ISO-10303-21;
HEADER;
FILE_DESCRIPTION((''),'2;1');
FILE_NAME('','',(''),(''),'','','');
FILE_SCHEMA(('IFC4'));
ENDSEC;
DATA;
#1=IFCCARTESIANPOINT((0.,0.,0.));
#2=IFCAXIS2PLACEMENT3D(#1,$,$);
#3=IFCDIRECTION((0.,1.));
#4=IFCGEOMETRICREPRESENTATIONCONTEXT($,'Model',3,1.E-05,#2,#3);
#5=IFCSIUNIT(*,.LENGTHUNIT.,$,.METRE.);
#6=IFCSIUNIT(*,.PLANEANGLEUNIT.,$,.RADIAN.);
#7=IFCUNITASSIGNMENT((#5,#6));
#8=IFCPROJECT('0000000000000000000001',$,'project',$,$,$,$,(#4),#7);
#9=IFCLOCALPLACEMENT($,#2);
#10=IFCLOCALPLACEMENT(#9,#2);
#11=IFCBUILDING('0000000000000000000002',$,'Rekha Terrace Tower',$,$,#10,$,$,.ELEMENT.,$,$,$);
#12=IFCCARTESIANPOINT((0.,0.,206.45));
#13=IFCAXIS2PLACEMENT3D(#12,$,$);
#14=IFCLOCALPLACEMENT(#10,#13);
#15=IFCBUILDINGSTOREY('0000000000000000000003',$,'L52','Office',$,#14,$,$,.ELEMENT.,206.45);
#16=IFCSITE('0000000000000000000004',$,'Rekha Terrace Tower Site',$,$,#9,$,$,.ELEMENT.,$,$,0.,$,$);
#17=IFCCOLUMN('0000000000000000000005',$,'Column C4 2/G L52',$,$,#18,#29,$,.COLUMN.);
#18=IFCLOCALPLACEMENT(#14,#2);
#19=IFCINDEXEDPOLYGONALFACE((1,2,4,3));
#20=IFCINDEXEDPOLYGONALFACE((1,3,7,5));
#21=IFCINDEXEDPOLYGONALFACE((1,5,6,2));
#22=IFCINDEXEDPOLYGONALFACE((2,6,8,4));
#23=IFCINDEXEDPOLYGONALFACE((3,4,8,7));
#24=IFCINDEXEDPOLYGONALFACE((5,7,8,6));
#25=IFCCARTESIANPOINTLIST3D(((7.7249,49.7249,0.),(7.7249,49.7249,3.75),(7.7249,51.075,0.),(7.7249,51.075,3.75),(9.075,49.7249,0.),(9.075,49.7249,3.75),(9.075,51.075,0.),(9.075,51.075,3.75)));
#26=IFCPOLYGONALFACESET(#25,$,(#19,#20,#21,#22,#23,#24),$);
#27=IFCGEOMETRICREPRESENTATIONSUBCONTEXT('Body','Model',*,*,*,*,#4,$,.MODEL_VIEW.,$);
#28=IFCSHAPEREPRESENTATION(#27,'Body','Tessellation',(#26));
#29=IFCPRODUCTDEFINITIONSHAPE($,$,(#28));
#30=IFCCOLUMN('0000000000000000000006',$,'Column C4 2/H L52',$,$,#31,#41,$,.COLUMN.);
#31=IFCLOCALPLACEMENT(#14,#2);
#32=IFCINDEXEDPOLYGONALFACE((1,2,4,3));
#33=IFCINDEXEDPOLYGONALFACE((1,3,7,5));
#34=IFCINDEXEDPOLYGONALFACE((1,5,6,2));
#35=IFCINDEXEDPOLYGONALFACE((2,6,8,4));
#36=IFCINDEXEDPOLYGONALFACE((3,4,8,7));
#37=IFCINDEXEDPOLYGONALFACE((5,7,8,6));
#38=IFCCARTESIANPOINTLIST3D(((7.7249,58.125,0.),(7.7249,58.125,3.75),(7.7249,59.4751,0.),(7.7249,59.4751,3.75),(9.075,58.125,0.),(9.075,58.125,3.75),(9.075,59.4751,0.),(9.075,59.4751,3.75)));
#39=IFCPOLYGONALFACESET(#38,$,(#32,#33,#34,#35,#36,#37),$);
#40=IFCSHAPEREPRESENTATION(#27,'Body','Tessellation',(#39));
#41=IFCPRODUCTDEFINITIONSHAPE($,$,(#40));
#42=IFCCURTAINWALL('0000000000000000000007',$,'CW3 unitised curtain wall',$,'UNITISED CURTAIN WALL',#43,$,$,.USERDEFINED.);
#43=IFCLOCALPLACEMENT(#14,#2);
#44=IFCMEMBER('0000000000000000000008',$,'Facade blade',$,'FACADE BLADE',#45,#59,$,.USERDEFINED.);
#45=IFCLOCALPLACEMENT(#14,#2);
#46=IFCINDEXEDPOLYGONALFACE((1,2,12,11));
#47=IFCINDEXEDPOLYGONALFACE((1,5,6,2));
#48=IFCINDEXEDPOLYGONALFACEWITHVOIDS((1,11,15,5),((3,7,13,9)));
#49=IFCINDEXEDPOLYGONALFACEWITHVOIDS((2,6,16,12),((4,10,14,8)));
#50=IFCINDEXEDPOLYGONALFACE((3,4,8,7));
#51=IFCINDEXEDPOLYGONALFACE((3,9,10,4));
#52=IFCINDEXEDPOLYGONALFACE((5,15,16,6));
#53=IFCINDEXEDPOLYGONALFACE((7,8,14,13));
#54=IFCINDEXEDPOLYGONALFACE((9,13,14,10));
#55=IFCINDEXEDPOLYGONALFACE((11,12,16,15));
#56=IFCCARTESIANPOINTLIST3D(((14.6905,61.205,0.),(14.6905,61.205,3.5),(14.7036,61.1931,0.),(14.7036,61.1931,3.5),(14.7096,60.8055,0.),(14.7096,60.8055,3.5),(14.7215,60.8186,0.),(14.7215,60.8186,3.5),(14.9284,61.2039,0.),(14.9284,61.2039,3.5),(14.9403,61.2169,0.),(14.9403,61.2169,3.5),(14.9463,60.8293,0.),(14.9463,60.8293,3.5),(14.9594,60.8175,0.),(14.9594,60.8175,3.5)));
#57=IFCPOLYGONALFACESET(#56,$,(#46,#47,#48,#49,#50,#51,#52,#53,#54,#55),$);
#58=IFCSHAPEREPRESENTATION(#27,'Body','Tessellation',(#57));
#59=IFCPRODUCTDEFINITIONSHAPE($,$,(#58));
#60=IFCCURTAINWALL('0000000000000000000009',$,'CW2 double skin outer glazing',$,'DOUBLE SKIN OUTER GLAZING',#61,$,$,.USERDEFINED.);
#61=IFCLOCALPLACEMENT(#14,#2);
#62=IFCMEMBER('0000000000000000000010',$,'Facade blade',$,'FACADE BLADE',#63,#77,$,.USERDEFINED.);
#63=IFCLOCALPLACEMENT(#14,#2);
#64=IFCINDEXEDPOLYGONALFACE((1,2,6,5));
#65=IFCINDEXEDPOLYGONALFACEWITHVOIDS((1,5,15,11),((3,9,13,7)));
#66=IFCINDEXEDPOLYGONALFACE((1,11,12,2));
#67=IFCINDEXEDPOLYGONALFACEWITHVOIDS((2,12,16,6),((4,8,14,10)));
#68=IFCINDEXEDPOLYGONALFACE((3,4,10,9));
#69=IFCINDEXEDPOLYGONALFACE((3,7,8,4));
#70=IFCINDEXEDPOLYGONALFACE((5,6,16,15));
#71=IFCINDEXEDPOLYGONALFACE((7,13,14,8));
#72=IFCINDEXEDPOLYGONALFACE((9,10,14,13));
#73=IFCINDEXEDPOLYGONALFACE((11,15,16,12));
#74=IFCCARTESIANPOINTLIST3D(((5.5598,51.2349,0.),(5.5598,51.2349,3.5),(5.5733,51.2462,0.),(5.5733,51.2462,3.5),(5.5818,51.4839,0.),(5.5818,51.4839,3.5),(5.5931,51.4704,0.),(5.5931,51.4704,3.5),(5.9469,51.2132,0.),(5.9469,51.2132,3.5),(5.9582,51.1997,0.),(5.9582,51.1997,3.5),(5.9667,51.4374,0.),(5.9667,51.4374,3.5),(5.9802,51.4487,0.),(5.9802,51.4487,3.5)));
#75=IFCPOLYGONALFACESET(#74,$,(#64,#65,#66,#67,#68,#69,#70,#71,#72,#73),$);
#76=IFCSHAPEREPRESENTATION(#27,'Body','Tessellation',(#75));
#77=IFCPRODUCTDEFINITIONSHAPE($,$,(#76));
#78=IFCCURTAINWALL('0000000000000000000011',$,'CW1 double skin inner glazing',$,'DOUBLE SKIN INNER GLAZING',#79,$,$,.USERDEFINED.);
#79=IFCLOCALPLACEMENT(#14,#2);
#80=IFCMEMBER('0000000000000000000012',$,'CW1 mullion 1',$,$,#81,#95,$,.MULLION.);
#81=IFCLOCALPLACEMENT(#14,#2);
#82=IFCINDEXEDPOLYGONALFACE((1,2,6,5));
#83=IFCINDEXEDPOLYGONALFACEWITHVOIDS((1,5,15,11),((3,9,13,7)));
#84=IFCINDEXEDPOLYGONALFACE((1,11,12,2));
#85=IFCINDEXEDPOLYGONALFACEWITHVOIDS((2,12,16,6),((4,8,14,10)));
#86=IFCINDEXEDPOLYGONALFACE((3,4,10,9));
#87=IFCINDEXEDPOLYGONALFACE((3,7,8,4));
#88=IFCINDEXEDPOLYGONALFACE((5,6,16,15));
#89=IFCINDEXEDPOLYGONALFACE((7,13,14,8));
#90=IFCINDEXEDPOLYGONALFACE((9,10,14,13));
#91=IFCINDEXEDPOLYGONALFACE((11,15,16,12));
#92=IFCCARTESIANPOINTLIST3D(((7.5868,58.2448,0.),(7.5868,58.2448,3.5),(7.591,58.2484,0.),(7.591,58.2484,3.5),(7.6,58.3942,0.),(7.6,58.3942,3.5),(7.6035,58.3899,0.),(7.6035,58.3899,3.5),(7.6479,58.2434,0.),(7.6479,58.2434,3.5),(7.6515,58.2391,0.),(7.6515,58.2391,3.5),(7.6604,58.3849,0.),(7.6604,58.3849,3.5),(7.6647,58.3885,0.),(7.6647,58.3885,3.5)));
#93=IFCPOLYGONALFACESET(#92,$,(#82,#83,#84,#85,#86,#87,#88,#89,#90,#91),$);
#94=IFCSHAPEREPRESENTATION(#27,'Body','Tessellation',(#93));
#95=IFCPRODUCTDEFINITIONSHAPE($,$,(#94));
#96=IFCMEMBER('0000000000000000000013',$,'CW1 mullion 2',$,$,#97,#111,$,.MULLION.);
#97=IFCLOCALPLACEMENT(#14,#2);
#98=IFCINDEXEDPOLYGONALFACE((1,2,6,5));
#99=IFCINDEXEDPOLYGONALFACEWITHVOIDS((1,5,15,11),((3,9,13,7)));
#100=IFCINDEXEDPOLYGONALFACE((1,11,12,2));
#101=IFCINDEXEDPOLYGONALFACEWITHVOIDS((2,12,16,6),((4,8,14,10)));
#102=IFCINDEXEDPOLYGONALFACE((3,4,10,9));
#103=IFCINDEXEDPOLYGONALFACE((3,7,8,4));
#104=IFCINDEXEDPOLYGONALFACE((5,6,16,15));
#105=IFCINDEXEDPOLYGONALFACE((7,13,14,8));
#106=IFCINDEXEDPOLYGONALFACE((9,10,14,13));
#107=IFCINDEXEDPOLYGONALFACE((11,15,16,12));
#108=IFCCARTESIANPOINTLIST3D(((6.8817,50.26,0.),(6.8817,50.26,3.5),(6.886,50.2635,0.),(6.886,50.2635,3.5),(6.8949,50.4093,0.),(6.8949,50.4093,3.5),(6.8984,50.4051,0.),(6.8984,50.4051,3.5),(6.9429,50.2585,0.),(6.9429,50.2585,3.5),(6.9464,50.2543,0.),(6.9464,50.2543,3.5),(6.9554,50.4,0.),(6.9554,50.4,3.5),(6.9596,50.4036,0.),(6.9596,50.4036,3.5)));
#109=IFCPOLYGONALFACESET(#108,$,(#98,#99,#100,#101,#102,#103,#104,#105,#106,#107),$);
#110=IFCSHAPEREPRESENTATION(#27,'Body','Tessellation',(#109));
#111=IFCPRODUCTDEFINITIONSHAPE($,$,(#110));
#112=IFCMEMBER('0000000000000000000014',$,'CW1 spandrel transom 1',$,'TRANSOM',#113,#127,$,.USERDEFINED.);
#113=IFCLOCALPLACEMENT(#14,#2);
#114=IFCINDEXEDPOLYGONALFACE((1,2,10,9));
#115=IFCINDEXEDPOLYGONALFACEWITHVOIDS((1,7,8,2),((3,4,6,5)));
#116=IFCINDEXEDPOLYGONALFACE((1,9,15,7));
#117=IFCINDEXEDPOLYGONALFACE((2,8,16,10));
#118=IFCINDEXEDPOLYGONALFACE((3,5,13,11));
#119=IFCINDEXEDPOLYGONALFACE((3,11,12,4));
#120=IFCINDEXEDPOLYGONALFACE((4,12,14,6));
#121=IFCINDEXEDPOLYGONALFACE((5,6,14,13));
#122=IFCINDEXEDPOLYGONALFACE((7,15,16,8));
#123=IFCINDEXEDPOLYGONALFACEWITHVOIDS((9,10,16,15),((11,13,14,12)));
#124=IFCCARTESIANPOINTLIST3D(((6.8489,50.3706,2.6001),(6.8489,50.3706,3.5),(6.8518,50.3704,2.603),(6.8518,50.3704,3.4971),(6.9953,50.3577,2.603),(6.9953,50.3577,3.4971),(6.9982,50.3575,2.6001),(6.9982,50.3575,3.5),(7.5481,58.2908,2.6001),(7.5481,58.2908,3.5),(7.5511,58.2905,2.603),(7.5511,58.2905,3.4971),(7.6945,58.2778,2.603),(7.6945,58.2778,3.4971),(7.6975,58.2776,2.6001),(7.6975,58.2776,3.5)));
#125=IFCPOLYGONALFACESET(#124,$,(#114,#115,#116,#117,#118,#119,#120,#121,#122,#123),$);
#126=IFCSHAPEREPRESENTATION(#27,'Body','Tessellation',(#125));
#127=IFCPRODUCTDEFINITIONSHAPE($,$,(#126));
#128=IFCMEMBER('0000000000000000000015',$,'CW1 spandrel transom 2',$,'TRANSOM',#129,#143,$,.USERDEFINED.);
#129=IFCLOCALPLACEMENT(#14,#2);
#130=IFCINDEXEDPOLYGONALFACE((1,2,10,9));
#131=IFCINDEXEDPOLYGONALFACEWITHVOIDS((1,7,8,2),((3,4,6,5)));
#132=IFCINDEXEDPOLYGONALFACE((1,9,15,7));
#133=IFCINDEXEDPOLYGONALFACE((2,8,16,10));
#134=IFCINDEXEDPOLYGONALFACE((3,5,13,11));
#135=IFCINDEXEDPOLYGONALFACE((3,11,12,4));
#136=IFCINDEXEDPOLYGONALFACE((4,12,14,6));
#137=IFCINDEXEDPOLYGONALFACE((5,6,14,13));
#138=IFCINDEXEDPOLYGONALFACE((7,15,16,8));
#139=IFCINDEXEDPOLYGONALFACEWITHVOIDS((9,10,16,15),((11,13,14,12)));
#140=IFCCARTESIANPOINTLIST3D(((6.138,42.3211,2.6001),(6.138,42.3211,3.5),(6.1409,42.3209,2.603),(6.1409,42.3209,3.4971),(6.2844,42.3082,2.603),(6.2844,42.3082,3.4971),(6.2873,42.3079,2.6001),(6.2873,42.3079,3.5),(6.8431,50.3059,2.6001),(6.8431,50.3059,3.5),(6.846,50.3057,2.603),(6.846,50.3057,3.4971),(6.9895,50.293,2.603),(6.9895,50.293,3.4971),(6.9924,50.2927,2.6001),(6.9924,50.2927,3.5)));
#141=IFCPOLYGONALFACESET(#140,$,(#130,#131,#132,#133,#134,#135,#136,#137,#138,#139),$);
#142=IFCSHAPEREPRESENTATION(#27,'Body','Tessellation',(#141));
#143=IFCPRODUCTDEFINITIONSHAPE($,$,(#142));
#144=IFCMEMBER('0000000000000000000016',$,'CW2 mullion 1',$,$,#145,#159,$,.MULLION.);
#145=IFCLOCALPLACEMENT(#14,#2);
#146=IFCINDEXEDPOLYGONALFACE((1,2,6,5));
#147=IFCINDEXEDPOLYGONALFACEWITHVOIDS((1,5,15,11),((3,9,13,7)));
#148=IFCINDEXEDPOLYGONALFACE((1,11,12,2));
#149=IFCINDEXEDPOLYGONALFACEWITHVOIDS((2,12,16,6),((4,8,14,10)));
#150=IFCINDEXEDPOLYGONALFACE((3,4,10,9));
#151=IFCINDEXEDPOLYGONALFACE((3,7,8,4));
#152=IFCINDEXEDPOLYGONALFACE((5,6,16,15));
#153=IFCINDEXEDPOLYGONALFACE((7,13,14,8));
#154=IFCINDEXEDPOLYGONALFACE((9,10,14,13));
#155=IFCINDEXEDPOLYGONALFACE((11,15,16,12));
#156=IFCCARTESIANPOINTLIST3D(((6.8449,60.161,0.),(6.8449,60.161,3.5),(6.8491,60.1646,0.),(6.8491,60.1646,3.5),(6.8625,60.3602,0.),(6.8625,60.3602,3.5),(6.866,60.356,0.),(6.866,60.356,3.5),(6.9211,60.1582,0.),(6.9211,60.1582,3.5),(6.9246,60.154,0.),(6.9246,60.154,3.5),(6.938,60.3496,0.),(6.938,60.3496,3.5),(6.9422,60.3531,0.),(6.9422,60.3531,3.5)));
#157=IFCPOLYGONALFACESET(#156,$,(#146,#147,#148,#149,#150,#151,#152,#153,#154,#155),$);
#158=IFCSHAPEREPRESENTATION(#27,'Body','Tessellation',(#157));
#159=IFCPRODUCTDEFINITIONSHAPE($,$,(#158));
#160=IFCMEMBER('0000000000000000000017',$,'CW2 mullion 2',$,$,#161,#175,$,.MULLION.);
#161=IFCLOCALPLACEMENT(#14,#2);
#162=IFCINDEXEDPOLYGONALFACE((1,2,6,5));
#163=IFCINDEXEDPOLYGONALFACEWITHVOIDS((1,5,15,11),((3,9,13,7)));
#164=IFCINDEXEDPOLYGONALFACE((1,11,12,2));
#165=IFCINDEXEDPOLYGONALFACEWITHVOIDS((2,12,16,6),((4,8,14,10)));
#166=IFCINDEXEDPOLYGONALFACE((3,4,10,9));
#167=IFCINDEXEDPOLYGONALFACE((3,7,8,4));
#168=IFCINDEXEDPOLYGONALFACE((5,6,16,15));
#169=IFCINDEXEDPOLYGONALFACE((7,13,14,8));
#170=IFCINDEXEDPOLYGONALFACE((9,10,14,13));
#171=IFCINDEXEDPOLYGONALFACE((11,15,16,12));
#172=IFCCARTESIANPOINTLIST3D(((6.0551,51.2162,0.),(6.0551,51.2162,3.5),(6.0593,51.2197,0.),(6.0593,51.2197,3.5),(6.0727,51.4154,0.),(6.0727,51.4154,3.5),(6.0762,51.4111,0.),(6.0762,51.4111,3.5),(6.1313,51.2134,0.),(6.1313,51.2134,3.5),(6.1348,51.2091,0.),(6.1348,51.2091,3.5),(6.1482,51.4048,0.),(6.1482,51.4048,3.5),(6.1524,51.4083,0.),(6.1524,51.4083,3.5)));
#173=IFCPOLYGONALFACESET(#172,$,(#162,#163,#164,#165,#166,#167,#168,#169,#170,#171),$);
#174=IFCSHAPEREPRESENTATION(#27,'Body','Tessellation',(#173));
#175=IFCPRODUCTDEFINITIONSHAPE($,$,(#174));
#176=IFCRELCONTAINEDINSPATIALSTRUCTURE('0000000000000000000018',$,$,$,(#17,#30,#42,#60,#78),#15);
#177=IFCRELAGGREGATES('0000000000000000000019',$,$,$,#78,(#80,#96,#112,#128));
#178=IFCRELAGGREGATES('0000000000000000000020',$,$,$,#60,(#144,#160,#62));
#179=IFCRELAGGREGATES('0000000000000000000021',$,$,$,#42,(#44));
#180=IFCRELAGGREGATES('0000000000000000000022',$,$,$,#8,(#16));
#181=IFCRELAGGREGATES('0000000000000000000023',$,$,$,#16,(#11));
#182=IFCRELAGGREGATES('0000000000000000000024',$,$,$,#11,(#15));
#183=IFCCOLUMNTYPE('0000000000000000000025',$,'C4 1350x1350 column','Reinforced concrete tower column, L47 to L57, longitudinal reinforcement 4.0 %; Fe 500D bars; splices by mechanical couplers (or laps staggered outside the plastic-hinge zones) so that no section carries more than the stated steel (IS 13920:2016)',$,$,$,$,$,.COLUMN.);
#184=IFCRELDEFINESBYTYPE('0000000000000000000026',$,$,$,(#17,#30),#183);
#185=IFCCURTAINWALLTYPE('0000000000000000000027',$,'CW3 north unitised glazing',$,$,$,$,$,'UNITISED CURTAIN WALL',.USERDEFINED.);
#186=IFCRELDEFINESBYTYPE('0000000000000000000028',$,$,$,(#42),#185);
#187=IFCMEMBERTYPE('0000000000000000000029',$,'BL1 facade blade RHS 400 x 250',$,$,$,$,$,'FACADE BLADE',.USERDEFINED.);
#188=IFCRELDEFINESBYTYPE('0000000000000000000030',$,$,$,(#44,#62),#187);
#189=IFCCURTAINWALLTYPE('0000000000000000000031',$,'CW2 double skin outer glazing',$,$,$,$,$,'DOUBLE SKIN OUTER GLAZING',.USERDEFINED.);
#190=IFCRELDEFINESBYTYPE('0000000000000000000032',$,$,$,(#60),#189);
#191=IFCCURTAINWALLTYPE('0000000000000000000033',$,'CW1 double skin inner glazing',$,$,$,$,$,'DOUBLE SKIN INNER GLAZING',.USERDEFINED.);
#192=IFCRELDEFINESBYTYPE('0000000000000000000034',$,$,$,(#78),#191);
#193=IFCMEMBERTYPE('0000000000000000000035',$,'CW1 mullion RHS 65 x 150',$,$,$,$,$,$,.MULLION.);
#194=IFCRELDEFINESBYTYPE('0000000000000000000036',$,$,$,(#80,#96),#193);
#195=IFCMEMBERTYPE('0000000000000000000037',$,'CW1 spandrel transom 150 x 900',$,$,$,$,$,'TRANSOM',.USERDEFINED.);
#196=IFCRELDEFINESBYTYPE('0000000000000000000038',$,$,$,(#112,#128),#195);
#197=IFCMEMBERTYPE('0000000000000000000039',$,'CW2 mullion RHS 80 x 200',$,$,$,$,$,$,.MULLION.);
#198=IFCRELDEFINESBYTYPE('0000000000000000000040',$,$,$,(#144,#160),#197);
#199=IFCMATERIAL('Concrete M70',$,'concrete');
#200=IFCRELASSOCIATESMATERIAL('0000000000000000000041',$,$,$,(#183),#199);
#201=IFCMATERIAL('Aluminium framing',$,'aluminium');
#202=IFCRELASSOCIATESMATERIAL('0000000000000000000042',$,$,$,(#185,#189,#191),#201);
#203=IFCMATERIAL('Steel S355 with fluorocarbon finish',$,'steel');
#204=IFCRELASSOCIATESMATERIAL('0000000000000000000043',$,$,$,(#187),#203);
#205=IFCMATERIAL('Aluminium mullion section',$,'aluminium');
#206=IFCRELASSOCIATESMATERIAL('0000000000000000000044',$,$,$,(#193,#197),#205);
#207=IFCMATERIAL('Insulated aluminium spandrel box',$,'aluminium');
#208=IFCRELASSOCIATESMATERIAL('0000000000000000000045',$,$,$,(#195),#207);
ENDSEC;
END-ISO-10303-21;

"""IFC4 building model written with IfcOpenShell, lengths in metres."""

from ifc_helpers import new_model, si_unit, direction, frame, origin, origin_2d, place, context, subcontext, project, spatial, rectangle, hollow_rectangle, extrude, material, material_profile, profile_set, type_object, element, aggregate, save


model = new_model("IFC4")

# Units and contexts
model_context = context("Model", 3, precision=1e-05, world=origin(), true_north=direction((0.0, 1.0)))
body_context = subcontext(model_context, "Body", "Model", "MODEL_VIEW")
ifc_project = project(units=[si_unit("LENGTHUNIT", "METRE"), si_unit("PLANEANGLEUNIT", "RADIAN")], contexts=[model_context])

# Site, building, storey
site_placement = place(None, origin())
site = spatial("IfcSite", under=ifc_project, at=site_placement, Name="Rekha Terrace Tower Site", CompositionType="ELEMENT", RefElevation=0.0)
building_placement = place(site_placement, origin())
building = spatial("IfcBuilding", under=site, at=building_placement, Name="Rekha Terrace Tower", CompositionType="ELEMENT")
storey_placement = place(building_placement, frame((0.0, 0.0, 206.45)))
storey = spatial("IfcBuildingStorey", under=building, at=storey_placement, Name="L52", Description="Office", CompositionType="ELEMENT", Elevation=206.45)

# Columns
ifc_material_1 = material(Name="Concrete M70", Category="concrete")
ifc_material_profile_1 = material_profile(ifc_material_1, rectangle(XDim=1.3501, YDim=1.3501, at=origin_2d()), Name="RC 1350x1350")
ifc_profile_set_1 = profile_set([ifc_material_profile_1], Name="Concrete M70")
column_type = type_object("IfcColumnType", Name="C4 1350x1350 column", Description="Reinforced concrete tower column, L47 to L57, longitudinal reinforcement 4.0 %; Fe 500D bars; splices by mechanical couplers (or laps staggered outside the plastic-hinge zones) so that no section carries more than the stated steel (IS 13920:2016)", PredefinedType="COLUMN", material=ifc_profile_set_1)
for number, where, z_axis, x_axis, name in (
    (1, (8.3999, 50.3999, 0.0), (0.0, 0.0, 1.0), (1.0, 0.0, 0.0), "Column C4 2/G L52"),
    (2, (8.3999, 58.8, 0.0), (0.0, 0.0, 1.0), (1.0, 0.0, 0.0), "Column C4 2/H L52"),
):
    element("IfcColumn", number, at=place(storey_placement, frame(where, z_axis=z_axis, x_axis=x_axis)), inside=storey, type_object=column_type, Name=name, PredefinedType="COLUMN", context=body_context, shape_type="SweptSolid", body=[
        extrude(rectangle(XDim=1.3501, YDim=1.3501, at=origin_2d()), origin(), (0.0, 0.0, 1.0), 3.75),
    ])

# Curtain walls, members
ifc_material_2 = material(Name="Aluminium framing", Category="aluminium")
curtain_wall_type_1 = type_object("IfcCurtainWallType", Name="CW3 north unitised glazing", ElementType="UNITISED CURTAIN WALL", PredefinedType="USERDEFINED", material=ifc_material_2)
curtain_wall_1_placement = place(storey_placement, origin())
curtain_wall_1 = element("IfcCurtainWall", 3, at=curtain_wall_1_placement, inside=storey, type_object=curtain_wall_type_1, Name="CW3 unitised curtain wall", ObjectType="UNITISED CURTAIN WALL", PredefinedType="USERDEFINED")
ifc_material_3 = material(Name="Steel S355 with fluorocarbon finish", Category="steel")
ifc_material_profile_2 = material_profile(ifc_material_3, hollow_rectangle(XDim=0.25, YDim=0.3999, WallThickness=0.0125, at=origin_2d()), Name="RHS400x250x12.5")
ifc_profile_set_2 = profile_set([ifc_material_profile_2], Name="Steel S355 with fluorocarbon finish")
member_type_1 = type_object("IfcMemberType", Name="BL1 facade blade RHS 400 x 250", ElementType="FACADE BLADE", PredefinedType="USERDEFINED", material=ifc_profile_set_2)
member_1_placement = place(storey_placement, frame((14.825, 61.0112, 0.0), z_axis=(0.0, 0.0, 1.0), x_axis=(-0.998859, -0.047758, 0.0)))
member_1 = element("IfcMember", 4, at=member_1_placement, type_object=member_type_1, Name="Facade blade", ObjectType="FACADE BLADE", PredefinedType="USERDEFINED", context=body_context, shape_type="SweptSolid", body=[
    extrude(hollow_rectangle(XDim=0.25, YDim=0.3999, WallThickness=0.0125, at=origin_2d()), origin(), (0.0, 0.0, 1.0), 3.5),
])
curtain_wall_type_2 = type_object("IfcCurtainWallType", Name="CW2 double skin outer glazing", ElementType="DOUBLE SKIN OUTER GLAZING", PredefinedType="USERDEFINED", material=ifc_material_2)
curtain_wall_2_placement = place(storey_placement, origin())
curtain_wall_2 = element("IfcCurtainWall", 5, at=curtain_wall_2_placement, inside=storey, type_object=curtain_wall_type_2, Name="CW2 double skin outer glazing", ObjectType="DOUBLE SKIN OUTER GLAZING", PredefinedType="USERDEFINED")
member_2_placement = place(storey_placement, frame((5.77, 51.3418, 0.0), z_axis=(0.0, 0.0, 1.0), x_axis=(-0.087957, -0.996124, 0.0)))
member_2 = element("IfcMember", 6, at=member_2_placement, type_object=member_type_1, Name="Facade blade", ObjectType="FACADE BLADE", PredefinedType="USERDEFINED", context=body_context, shape_type="SweptSolid", body=[
    extrude(hollow_rectangle(XDim=0.25, YDim=0.3999, WallThickness=0.0125, at=origin_2d()), origin(), (0.0, 0.0, 1.0), 3.5),
])

# Curtain wall, members
curtain_wall_type_3 = type_object("IfcCurtainWallType", Name="CW1 double skin inner glazing", ElementType="DOUBLE SKIN INNER GLAZING", PredefinedType="USERDEFINED", material=ifc_material_2)
curtain_wall_3_placement = place(storey_placement, origin())
curtain_wall_3 = element("IfcCurtainWall", 7, at=curtain_wall_3_placement, inside=storey, type_object=curtain_wall_type_3, Name="CW1 double skin inner glazing", ObjectType="DOUBLE SKIN INNER GLAZING", PredefinedType="USERDEFINED")
ifc_material_4 = material(Name="Aluminium mullion section", Category="aluminium")
ifc_material_profile_3 = material_profile(ifc_material_4, hollow_rectangle(XDim=0.0649, YDim=0.1499, WallThickness=0.0039, at=origin_2d()), Name="AL RHS 65x150")
ifc_profile_set_3 = profile_set([ifc_material_profile_3], Name="Aluminium mullion section")
member_type_2 = type_object("IfcMemberType", Name="CW1 mullion RHS 65 x 150", PredefinedType="MULLION", material=ifc_profile_set_3)
member_3_placement = place(storey_placement, frame((7.6257, 58.3167, 0.0), z_axis=(0.0, 0.0, 1.0), x_axis=(0.996124, -0.087958, 0.0)))
member_3 = element("IfcMember", 8, at=member_3_placement, type_object=member_type_2, Name="CW1 mullion 1", PredefinedType="MULLION", context=body_context, shape_type="SweptSolid", body=[
    extrude(hollow_rectangle(XDim=0.0649, YDim=0.1499, WallThickness=0.0039, at=origin_2d()), origin(), (0.0, 0.0, 1.0), 3.5),
])
member_4_placement = place(storey_placement, frame((6.9207, 50.3318, 0.0), z_axis=(0.0, 0.0, 1.0), x_axis=(0.996124, -0.087958, 0.0)))
member_4 = element("IfcMember", 9, at=member_4_placement, type_object=member_type_2, Name="CW1 mullion 2", PredefinedType="MULLION", context=body_context, shape_type="SweptSolid", body=[
    extrude(hollow_rectangle(XDim=0.0649, YDim=0.1499, WallThickness=0.0039, at=origin_2d()), origin(), (0.0, 0.0, 1.0), 3.5),
])
ifc_material_5 = material(Name="Insulated aluminium spandrel box", Category="aluminium")
ifc_material_profile_4 = material_profile(ifc_material_5, hollow_rectangle(XDim=0.1499, YDim=0.8999, WallThickness=0.0029, at=origin_2d()), Name="AL SPANDREL BOX 150x900")
ifc_profile_set_4 = profile_set([ifc_material_profile_4], Name="Insulated aluminium spandrel box")
member_type_3 = type_object("IfcMemberType", Name="CW1 spandrel transom 150 x 900", ElementType="TRANSOM", PredefinedType="USERDEFINED", material=ifc_profile_set_4)
member_5_placement = place(storey_placement, frame((7.6228, 58.2842, 3.05), z_axis=(-0.087941, -0.996126, 0.0), x_axis=(0.996126, -0.087941, 0.0)))
member_5 = element("IfcMember", 10, at=member_5_placement, type_object=member_type_3, Name="CW1 spandrel transom 1", ObjectType="TRANSOM", PredefinedType="USERDEFINED", context=body_context, shape_type="SweptSolid", body=[
    extrude(hollow_rectangle(XDim=0.1499, YDim=0.8999, WallThickness=0.0029, at=origin_2d()), origin(), (0.0, 0.0, 1.0), 7.9509),
])
member_6_placement = place(storey_placement, frame((6.9177, 50.2993, 3.05), z_axis=(-0.08796, -0.996124, 0.0), x_axis=(0.996124, -0.08796, 0.0)))
member_6 = element("IfcMember", 11, at=member_6_placement, type_object=member_type_3, Name="CW1 spandrel transom 2", ObjectType="TRANSOM", PredefinedType="USERDEFINED", context=body_context, shape_type="SweptSolid", body=[
    extrude(hollow_rectangle(XDim=0.1499, YDim=0.8999, WallThickness=0.0029, at=origin_2d()), origin(), (0.0, 0.0, 1.0), 8.0159),
])

# Members
ifc_material_profile_5 = material_profile(ifc_material_4, hollow_rectangle(XDim=0.0801, YDim=0.2, WallThickness=0.0039, at=origin_2d()), Name="AL RHS 80x200")
ifc_profile_set_5 = profile_set([ifc_material_profile_5], Name="Aluminium mullion section")
member_type_4 = type_object("IfcMemberType", Name="CW2 mullion RHS 80 x 200", PredefinedType="MULLION", material=ifc_profile_set_5)
member_7_placement = place(storey_placement, frame((6.8936, 60.2571, 0.0), z_axis=(0.0, 0.0, 1.0), x_axis=(0.996124, -0.087958, 0.0)))
member_7 = element("IfcMember", 12, at=member_7_placement, type_object=member_type_4, Name="CW2 mullion 1", PredefinedType="MULLION", context=body_context, shape_type="SweptSolid", body=[
    extrude(hollow_rectangle(XDim=0.0801, YDim=0.2, WallThickness=0.0039, at=origin_2d()), origin(), (0.0, 0.0, 1.0), 3.5),
])
member_8_placement = place(storey_placement, frame((6.1038, 51.3123, 0.0), z_axis=(0.0, 0.0, 1.0), x_axis=(0.996124, -0.087958, 0.0)))
member_8 = element("IfcMember", 13, at=member_8_placement, type_object=member_type_4, Name="CW2 mullion 2", PredefinedType="MULLION", context=body_context, shape_type="SweptSolid", body=[
    extrude(hollow_rectangle(XDim=0.0801, YDim=0.2, WallThickness=0.0039, at=origin_2d()), origin(), (0.0, 0.0, 1.0), 3.5),
])

aggregate(curtain_wall_3, [member_3, member_4, member_5, member_6])
aggregate(curtain_wall_2, [member_7, member_8, member_2])
aggregate(curtain_wall_1, [member_1])

save(model, "model.ifc")
